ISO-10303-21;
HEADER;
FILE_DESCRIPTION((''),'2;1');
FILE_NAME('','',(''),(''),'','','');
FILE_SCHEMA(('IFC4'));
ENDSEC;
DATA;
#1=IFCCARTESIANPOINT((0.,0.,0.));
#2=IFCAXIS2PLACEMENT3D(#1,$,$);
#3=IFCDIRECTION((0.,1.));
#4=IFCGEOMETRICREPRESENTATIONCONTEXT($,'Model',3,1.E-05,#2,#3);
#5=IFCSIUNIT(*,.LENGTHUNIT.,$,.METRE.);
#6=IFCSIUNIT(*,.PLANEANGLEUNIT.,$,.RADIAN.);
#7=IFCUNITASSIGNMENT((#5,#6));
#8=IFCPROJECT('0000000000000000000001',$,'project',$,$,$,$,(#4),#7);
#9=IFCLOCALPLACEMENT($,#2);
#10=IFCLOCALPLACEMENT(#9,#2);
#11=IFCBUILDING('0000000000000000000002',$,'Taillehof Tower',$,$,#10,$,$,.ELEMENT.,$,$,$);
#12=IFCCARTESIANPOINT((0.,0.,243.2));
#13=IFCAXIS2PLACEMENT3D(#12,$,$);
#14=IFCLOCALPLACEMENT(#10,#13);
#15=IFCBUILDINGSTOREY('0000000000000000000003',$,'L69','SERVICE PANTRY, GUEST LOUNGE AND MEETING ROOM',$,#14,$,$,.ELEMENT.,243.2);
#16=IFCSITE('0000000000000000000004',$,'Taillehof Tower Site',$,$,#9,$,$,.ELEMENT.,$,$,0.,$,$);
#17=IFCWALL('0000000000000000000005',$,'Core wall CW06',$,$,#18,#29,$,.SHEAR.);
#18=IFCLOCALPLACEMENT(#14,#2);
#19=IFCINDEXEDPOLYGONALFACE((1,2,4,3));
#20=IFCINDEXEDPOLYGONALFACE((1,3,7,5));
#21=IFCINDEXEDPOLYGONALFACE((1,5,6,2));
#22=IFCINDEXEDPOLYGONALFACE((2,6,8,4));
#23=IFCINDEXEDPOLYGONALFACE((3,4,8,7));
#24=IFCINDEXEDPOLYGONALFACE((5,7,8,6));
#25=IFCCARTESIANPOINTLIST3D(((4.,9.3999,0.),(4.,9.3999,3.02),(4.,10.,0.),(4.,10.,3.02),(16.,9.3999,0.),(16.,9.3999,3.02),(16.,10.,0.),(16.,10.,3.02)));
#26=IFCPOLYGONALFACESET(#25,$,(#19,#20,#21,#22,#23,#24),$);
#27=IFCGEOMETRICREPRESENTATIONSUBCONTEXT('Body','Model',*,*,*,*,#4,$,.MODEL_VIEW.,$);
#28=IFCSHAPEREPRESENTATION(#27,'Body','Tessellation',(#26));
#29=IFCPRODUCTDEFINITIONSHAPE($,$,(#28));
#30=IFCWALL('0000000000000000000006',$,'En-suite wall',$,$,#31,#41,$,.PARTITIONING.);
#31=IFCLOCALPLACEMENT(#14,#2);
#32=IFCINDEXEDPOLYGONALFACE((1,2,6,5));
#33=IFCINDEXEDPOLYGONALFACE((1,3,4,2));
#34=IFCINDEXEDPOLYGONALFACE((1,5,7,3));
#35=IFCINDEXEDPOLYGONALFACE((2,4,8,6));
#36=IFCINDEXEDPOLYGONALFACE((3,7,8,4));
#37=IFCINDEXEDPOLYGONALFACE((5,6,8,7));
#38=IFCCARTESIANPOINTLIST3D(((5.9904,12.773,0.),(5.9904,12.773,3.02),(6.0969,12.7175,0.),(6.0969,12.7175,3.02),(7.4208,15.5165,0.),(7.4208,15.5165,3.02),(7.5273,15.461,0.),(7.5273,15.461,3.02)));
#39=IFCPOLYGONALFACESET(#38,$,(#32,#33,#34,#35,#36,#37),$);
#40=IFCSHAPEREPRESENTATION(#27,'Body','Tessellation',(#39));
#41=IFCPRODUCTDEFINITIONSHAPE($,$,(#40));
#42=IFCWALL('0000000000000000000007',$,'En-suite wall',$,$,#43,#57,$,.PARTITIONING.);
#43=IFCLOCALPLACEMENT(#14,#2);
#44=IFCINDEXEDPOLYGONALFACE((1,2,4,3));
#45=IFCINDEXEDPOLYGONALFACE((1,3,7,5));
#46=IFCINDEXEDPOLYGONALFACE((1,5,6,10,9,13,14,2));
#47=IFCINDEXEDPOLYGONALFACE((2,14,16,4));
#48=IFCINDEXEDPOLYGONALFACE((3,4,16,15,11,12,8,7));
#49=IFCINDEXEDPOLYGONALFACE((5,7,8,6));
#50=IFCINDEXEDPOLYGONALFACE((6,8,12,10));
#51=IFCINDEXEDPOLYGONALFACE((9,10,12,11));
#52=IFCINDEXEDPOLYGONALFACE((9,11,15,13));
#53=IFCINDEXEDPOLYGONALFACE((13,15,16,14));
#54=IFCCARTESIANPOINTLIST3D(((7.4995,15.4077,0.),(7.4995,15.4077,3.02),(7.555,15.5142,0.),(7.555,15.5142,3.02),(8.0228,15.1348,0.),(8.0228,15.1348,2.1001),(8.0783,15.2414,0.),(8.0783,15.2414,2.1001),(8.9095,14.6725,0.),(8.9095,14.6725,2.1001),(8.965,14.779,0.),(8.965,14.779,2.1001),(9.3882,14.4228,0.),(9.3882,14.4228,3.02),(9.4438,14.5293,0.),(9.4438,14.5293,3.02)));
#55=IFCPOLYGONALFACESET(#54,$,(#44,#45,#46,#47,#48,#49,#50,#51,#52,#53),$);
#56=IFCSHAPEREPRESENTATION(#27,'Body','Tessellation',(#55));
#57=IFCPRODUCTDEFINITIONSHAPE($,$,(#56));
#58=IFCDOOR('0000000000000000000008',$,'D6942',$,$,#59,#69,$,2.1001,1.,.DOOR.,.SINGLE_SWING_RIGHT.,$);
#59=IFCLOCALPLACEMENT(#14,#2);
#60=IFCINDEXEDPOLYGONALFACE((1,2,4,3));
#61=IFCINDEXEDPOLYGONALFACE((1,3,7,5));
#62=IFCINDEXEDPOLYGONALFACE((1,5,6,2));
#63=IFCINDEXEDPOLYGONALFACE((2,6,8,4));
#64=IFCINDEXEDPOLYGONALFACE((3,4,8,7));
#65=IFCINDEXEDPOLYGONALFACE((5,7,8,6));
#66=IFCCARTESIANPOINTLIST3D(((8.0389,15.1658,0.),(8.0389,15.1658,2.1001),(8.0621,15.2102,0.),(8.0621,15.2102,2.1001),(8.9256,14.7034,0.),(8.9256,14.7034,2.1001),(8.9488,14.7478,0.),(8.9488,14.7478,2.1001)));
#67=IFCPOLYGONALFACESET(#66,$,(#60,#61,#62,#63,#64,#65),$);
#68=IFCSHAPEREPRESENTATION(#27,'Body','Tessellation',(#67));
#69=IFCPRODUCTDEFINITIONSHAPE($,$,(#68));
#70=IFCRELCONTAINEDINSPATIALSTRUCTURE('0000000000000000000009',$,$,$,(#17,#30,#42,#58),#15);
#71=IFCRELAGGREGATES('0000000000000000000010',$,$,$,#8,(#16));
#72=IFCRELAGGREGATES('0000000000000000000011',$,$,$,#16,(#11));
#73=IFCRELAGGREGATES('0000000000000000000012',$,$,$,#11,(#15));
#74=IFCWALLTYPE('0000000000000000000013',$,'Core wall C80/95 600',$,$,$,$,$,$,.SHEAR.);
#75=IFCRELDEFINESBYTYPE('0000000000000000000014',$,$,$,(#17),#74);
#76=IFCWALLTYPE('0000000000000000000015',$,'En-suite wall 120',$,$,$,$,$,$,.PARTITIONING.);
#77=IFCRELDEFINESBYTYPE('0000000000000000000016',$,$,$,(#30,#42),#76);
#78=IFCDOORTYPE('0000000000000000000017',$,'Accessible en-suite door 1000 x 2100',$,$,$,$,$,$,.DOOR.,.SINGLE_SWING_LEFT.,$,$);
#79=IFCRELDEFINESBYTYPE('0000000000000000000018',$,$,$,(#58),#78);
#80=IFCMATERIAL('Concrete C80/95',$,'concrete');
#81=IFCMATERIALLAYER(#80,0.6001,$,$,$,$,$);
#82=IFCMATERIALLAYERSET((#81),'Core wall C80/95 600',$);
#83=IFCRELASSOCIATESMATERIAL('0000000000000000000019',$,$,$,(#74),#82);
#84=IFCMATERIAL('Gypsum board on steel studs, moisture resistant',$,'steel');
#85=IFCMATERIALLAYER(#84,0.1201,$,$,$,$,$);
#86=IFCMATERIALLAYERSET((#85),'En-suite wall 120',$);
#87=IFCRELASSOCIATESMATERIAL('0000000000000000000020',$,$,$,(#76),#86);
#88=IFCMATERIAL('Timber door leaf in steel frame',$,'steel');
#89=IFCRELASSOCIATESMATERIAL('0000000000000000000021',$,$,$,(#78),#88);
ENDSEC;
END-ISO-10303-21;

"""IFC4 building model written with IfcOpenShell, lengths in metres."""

from ifc_helpers import new_model, si_unit, direction, frame, frame_2d, origin, place, context, subcontext, project, spatial, rectangle, extrude, material, layer, layer_set, type_object, element, fill, save


model = new_model("IFC4")

# Units and contexts
model_context = context("Model", 3, precision=1e-05, world=origin(), true_north=direction((0.0, 1.0)))
body_context = subcontext(model_context, "Body", "Model", "MODEL_VIEW")
ifc_project = project(units=[si_unit("LENGTHUNIT", "METRE"), si_unit("PLANEANGLEUNIT", "RADIAN")], contexts=[model_context])

# Site, building, storey
site_placement = place(None, origin())
site = spatial("IfcSite", under=ifc_project, at=site_placement, Name="Taillehof Tower Site", CompositionType="ELEMENT", RefElevation=0.0)
building_placement = place(site_placement, origin())
building = spatial("IfcBuilding", under=site, at=building_placement, Name="Taillehof Tower", CompositionType="ELEMENT")
storey_placement = place(building_placement, frame((0.0, 0.0, 243.2)))
storey = spatial("IfcBuildingStorey", under=building, at=storey_placement, Name="L69", Description="SERVICE PANTRY, GUEST LOUNGE AND MEETING ROOM", CompositionType="ELEMENT", Elevation=243.2)

# Walls
ifc_material_1 = material(Name="Concrete C80/95", Category="concrete")
ifc_layer_1 = layer(ifc_material_1, 0.6001)
ifc_layer_set_1 = layer_set([ifc_layer_1], Name="Core wall C80/95 600")
wall_type_1 = type_object("IfcWallType", Name="Core wall C80/95 600", PredefinedType="SHEAR", material=ifc_layer_set_1)
wall_1_placement = place(storey_placement, frame((4.0, 9.7, 0.0), z_axis=(0.0, 0.0, 1.0), x_axis=(1.0, 0.0, 0.0)))
element("IfcWall", 1, at=wall_1_placement, inside=storey, type_object=wall_type_1, Name="Core wall CW06", PredefinedType="SHEAR", context=body_context, shape_type="SweptSolid", body=[
    extrude(rectangle(XDim=12.0, YDim=0.6001, at=frame_2d((6.0, 0.0))), origin(), (0.0, 0.0, 1.0), 3.02),
])
ifc_material_2 = material(Name="Gypsum board on steel studs, moisture resistant", Category="steel")
ifc_layer_2 = layer(ifc_material_2, 0.1201)
ifc_layer_set_2 = layer_set([ifc_layer_2], Name="En-suite wall 120")
wall_type_2 = type_object("IfcWallType", Name="En-suite wall 120", PredefinedType="PARTITIONING", material=ifc_layer_set_2)
wall_2_placement = place(storey_placement, frame((6.0437, 12.7454, 0.0), z_axis=(0.0, 0.0, 1.0), x_axis=(0.462331, 0.886707, 0.0)))
element("IfcWall", 2, at=wall_2_placement, inside=storey, type_object=wall_type_2, Name="En-suite wall", PredefinedType="PARTITIONING", context=body_context, shape_type="SweptSolid", body=[
    extrude(rectangle(XDim=3.094, YDim=0.1201, at=frame_2d((1.5469, 0.0))), origin(), (0.0, 0.0, 1.0), 3.02),
])

# Wall, opening, door
wall_3_placement = place(storey_placement, frame((7.5273, 15.4609, 0.0), z_axis=(0.0, 0.0, 1.0), x_axis=(0.886687, -0.46237, 0.0)))
wall_3 = element("IfcWall", 3, at=wall_3_placement, inside=storey, type_object=wall_type_2, Name="En-suite wall", PredefinedType="PARTITIONING", context=body_context, shape_type="SweptSolid", body=[
    extrude(rectangle(XDim=2.1301, YDim=0.1201, at=frame_2d((1.0649, 0.0))), origin(), (0.0, 0.0, 1.0), 3.02),
])
opening_1_placement = place(wall_3_placement, frame((0.5901, 0.0, 0.0)))
opening_1 = element("IfcOpeningElement", 4, at=opening_1_placement, cuts=wall_3, PredefinedType="OPENING", context=body_context, shape_type="SweptSolid", body=[
    extrude(rectangle(XDim=1.0, YDim=2.1001, at=frame_2d((0.5, 1.05))), frame((0.0, 0.0701, 0.0), z_axis=(0.0, -1.0, 0.0), x_axis=(1.0, 0.0, 0.0)), (0.0, 0.0, 1.0), 0.1401),
])
ifc_material_3 = material(Name="Timber door leaf in steel frame", Category="steel")
door_type_1 = type_object("IfcDoorType", Name="Accessible en-suite door 1000 x 2100", OperationType="SINGLE_SWING_LEFT", PredefinedType="DOOR", material=ifc_material_3)
door_1_placement = place(opening_1_placement, origin())
door_1 = element("IfcDoor", 5, at=door_1_placement, inside=storey, type_object=door_type_1, Name="D6942", OperationType="SINGLE_SWING_RIGHT", OverallHeight=2.1001, OverallWidth=1.0, PredefinedType="DOOR", context=body_context, shape_type="SweptSolid", body=[
    extrude(rectangle(XDim=1.0, YDim=2.1001, at=frame_2d((0.5, 1.05))), frame((0.0, 0.0249, 0.0), z_axis=(0.0, -1.0, 0.0), x_axis=(1.0, 0.0, 0.0)), (0.0, 0.0, 1.0), 0.05),
])
fill(opening_1, door_1)

save(model, "model.ifc")
